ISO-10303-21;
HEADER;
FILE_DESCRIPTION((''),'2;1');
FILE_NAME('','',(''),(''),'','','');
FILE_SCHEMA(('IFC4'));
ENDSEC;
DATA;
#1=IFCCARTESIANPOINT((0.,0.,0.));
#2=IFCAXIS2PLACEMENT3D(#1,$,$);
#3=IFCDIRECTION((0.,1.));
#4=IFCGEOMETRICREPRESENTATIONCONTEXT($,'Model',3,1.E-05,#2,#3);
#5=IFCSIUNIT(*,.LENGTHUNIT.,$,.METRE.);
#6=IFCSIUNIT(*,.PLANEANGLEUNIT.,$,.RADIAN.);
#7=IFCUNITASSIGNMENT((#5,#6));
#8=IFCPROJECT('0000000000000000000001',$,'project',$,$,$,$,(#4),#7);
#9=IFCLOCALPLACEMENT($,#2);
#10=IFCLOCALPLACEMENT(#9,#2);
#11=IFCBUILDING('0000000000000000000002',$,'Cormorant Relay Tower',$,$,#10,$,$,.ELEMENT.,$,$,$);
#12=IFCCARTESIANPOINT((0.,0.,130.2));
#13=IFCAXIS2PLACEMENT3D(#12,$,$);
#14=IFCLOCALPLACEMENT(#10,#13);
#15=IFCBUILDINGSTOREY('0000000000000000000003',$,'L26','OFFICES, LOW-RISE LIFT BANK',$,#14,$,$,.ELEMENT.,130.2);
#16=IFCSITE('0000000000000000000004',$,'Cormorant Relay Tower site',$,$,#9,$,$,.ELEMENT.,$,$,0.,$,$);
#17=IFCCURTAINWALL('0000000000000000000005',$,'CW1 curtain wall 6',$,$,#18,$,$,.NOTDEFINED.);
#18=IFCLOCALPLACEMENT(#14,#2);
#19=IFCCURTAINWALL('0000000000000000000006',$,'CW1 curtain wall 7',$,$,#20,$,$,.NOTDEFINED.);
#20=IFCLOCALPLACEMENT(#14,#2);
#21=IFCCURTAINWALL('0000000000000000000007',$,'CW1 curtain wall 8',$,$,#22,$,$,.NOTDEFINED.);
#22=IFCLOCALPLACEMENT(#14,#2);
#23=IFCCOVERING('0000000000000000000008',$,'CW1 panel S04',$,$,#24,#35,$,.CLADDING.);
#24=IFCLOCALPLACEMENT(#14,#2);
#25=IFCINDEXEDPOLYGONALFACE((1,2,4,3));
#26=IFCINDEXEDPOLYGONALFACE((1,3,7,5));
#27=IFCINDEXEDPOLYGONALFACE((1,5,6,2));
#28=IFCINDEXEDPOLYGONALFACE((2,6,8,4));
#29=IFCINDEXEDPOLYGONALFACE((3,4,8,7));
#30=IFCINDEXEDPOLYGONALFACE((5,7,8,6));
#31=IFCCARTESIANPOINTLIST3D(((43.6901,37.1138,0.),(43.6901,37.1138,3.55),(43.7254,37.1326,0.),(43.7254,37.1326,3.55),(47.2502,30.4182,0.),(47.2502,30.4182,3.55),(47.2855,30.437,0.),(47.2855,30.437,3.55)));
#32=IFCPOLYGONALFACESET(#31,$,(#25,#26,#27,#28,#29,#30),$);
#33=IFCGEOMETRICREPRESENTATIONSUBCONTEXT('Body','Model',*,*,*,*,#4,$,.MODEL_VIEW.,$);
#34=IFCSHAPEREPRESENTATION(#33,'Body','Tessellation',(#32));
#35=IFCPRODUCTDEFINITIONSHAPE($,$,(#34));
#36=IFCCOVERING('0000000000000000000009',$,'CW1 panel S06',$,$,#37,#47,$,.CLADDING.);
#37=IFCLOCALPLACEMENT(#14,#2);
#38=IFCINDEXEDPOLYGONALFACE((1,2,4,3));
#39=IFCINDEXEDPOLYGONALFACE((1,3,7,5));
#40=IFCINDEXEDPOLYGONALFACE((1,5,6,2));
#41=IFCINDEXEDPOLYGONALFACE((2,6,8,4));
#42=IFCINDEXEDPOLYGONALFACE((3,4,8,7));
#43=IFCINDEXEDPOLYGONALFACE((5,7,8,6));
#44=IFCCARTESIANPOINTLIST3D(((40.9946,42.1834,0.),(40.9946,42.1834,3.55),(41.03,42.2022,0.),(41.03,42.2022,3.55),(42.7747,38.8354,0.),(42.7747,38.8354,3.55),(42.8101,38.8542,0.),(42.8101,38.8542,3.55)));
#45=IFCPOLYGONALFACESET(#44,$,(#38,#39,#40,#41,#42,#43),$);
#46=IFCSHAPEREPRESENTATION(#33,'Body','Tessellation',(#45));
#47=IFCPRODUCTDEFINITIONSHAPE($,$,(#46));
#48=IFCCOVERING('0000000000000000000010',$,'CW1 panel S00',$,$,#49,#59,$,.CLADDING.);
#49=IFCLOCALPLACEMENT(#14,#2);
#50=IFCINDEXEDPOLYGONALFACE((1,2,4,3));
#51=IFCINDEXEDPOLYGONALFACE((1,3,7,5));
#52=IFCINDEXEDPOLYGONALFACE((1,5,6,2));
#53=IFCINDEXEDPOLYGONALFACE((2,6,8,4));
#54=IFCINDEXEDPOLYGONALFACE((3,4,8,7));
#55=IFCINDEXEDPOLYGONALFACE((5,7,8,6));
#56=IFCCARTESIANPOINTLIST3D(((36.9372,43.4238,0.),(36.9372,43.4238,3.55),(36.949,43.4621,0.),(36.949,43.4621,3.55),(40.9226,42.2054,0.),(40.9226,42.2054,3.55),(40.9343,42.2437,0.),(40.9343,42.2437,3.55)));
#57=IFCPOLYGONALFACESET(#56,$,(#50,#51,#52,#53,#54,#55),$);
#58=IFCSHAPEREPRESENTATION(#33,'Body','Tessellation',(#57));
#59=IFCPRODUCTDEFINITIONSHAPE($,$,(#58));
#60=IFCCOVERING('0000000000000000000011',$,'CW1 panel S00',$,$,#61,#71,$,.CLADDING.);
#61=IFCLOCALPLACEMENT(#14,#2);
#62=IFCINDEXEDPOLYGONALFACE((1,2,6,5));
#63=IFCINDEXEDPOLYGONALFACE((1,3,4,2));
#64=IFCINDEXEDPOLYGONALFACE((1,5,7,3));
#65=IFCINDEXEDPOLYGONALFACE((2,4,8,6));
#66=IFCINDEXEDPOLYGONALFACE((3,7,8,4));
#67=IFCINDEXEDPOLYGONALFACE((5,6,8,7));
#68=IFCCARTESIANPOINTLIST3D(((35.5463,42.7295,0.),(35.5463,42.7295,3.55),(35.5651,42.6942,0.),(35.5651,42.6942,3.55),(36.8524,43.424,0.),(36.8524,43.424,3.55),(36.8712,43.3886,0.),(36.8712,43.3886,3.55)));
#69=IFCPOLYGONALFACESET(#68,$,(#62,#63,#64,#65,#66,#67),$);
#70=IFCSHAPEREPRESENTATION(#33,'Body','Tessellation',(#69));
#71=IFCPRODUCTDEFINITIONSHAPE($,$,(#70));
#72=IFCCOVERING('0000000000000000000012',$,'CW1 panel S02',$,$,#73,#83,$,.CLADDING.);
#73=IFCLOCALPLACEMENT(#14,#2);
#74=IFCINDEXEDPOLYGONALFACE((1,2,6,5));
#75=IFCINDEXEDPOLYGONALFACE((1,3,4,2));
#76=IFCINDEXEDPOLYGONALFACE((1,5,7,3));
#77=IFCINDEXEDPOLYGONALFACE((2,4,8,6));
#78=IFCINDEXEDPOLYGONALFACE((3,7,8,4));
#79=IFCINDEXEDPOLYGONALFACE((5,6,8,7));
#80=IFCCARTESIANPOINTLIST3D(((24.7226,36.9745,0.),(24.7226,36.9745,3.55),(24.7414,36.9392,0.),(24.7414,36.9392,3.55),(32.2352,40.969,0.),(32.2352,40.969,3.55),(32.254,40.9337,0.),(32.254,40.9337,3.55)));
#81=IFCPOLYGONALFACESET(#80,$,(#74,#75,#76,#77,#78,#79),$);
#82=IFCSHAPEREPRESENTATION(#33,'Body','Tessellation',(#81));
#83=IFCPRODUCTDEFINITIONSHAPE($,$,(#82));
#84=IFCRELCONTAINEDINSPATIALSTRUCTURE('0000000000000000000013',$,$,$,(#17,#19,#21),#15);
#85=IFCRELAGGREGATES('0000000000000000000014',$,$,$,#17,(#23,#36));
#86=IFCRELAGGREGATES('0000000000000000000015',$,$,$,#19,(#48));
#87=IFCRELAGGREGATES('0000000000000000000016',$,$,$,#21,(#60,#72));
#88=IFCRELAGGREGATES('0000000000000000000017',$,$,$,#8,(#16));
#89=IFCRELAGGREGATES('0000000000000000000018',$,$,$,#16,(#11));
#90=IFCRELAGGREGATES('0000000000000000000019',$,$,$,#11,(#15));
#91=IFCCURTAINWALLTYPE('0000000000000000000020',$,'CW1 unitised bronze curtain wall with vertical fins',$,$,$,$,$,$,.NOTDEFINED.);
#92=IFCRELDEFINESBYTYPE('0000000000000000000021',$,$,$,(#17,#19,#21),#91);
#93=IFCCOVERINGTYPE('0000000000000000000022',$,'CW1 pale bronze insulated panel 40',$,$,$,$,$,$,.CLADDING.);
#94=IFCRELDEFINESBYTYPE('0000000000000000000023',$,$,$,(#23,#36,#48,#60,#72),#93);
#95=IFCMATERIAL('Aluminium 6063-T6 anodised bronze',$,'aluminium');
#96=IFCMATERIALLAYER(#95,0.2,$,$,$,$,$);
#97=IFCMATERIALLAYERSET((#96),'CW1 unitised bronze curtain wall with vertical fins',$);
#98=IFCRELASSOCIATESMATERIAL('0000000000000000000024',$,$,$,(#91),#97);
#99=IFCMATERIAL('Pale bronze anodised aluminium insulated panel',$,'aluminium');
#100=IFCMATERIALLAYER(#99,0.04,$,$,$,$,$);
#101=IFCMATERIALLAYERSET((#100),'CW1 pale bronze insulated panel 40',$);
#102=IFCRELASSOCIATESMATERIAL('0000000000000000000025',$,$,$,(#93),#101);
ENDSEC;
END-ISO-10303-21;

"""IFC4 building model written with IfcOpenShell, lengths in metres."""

from ifc_helpers import new_model, si_unit, direction, frame, origin, origin_2d, place, context, subcontext, project, spatial, rectangle, extrude, material, layer, layer_set, type_object, element, aggregate, save


model = new_model("IFC4")

# Units and contexts
model_context = context("Model", 3, precision=1e-05, world=origin(), true_north=direction((0.0, 1.0)))
body_context = subcontext(model_context, "Body", "Model", "MODEL_VIEW")
ifc_project = project(units=[si_unit("LENGTHUNIT", "METRE"), si_unit("PLANEANGLEUNIT", "RADIAN")], contexts=[model_context])

# Site, building, storey
site_placement = place(None, origin())
site = spatial("IfcSite", under=ifc_project, at=site_placement, Name="Cormorant Relay Tower site", CompositionType="ELEMENT", RefElevation=0.0)
building_placement = place(site_placement, origin())
building = spatial("IfcBuilding", under=site, at=building_placement, Name="Cormorant Relay Tower", CompositionType="ELEMENT")
storey_placement = place(building_placement, frame((0.0, 0.0, 130.2)))
storey = spatial("IfcBuildingStorey", under=building, at=storey_placement, Name="L26", Description="OFFICES, LOW-RISE LIFT BANK", CompositionType="ELEMENT", Elevation=130.2)

# Curtain wall
ifc_material_1 = material(Name="Aluminium 6063-T6 anodised bronze", Category="aluminium")
ifc_layer_1 = layer(ifc_material_1, 0.2)
ifc_layer_set_1 = layer_set([ifc_layer_1], Name="CW1 unitised bronze curtain wall with vertical fins")
curtain_wall_type = type_object("IfcCurtainWallType", Name="CW1 unitised bronze curtain wall with vertical fins", PredefinedType="NOTDEFINED", material=ifc_layer_set_1)
curtain_wall_1_placement = place(storey_placement, origin())
curtain_wall_1 = element("IfcCurtainWall", 1, at=curtain_wall_1_placement, inside=storey, type_object=curtain_wall_type, Name="CW1 curtain wall 6", PredefinedType="NOTDEFINED")

# Curtain wall
curtain_wall_2_placement = place(storey_placement, origin())
curtain_wall_2 = element("IfcCurtainWall", 2, at=curtain_wall_2_placement, inside=storey, type_object=curtain_wall_type, Name="CW1 curtain wall 7", PredefinedType="NOTDEFINED")

# Curtain wall
curtain_wall_3_placement = place(storey_placement, origin())
curtain_wall_3 = element("IfcCurtainWall", 3, at=curtain_wall_3_placement, inside=storey, type_object=curtain_wall_type, Name="CW1 curtain wall 8", PredefinedType="NOTDEFINED")

# Coverings
ifc_material_2 = material(Name="Pale bronze anodised aluminium insulated panel", Category="aluminium")
ifc_layer_2 = layer(ifc_material_2, 0.04)
ifc_layer_set_2 = layer_set([ifc_layer_2], Name="CW1 pale bronze insulated panel 40")
covering_type = type_object("IfcCoveringType", Name="CW1 pale bronze insulated panel 40", PredefinedType="CLADDING", material=ifc_layer_set_2)
covering_1_placement = place(storey_placement, frame((45.4878, 33.7754, 0.0), z_axis=(0.0, 0.0, 1.0), x_axis=(-0.469472, 0.882948, 0.0)))
covering_1 = element("IfcCovering", 4, at=covering_1_placement, type_object=covering_type, Name="CW1 panel S04", PredefinedType="CLADDING", context=body_context, shape_type="SweptSolid", body=[
    extrude(rectangle(XDim=7.5833, YDim=0.04, at=origin_2d()), origin(), (0.0, 0.0, 1.0), 3.55),
])
covering_2_placement = place(storey_placement, frame((41.9023, 40.5188, 0.0), z_axis=(0.0, 0.0, 1.0), x_axis=(-0.469472, 0.882948, 0.0)))
covering_2 = element("IfcCovering", 5, at=covering_2_placement, type_object=covering_type, Name="CW1 panel S06", PredefinedType="CLADDING", context=body_context, shape_type="SweptSolid", body=[
    extrude(rectangle(XDim=3.7917, YDim=0.04, at=origin_2d()), origin(), (0.0, 0.0, 1.0), 3.55),
])
aggregate(curtain_wall_1, [covering_1, covering_2])
covering_3_placement = place(storey_placement, frame((38.9358, 42.8337, 0.0), z_axis=(0.0, 0.0, 1.0), x_axis=(-0.956305, 0.292372, 0.0)))
covering_3 = element("IfcCovering", 6, at=covering_3_placement, type_object=covering_type, Name="CW1 panel S00", PredefinedType="CLADDING", context=body_context, shape_type="SweptSolid", body=[
    extrude(rectangle(XDim=4.1675, YDim=0.04, at=origin_2d()), origin(), (0.0, 0.0, 1.0), 3.55),
])
aggregate(curtain_wall_2, [covering_3])
covering_4_placement = place(storey_placement, frame((36.2087, 43.0591, 0.0), z_axis=(0.0, 0.0, 1.0), x_axis=(-0.882948, -0.469472, 0.0)))
covering_4 = element("IfcCovering", 7, at=covering_4_placement, type_object=covering_type, Name="CW1 panel S00", PredefinedType="CLADDING", context=body_context, shape_type="SweptSolid", body=[
    extrude(rectangle(XDim=1.4792, YDim=0.04, at=origin_2d()), origin(), (0.0, 0.0, 1.0), 3.55),
])
covering_5_placement = place(storey_placement, frame((28.4883, 38.9541, 0.0), z_axis=(0.0, 0.0, 1.0), x_axis=(-0.882948, -0.469472, 0.0)))
covering_5 = element("IfcCovering", 8, at=covering_5_placement, type_object=covering_type, Name="CW1 panel S02", PredefinedType="CLADDING", context=body_context, shape_type="SweptSolid", body=[
    extrude(rectangle(XDim=8.5085, YDim=0.04, at=origin_2d()), origin(), (0.0, 0.0, 1.0), 3.55),
])
aggregate(curtain_wall_3, [covering_4, covering_5])

save(model, "model.ifc")
